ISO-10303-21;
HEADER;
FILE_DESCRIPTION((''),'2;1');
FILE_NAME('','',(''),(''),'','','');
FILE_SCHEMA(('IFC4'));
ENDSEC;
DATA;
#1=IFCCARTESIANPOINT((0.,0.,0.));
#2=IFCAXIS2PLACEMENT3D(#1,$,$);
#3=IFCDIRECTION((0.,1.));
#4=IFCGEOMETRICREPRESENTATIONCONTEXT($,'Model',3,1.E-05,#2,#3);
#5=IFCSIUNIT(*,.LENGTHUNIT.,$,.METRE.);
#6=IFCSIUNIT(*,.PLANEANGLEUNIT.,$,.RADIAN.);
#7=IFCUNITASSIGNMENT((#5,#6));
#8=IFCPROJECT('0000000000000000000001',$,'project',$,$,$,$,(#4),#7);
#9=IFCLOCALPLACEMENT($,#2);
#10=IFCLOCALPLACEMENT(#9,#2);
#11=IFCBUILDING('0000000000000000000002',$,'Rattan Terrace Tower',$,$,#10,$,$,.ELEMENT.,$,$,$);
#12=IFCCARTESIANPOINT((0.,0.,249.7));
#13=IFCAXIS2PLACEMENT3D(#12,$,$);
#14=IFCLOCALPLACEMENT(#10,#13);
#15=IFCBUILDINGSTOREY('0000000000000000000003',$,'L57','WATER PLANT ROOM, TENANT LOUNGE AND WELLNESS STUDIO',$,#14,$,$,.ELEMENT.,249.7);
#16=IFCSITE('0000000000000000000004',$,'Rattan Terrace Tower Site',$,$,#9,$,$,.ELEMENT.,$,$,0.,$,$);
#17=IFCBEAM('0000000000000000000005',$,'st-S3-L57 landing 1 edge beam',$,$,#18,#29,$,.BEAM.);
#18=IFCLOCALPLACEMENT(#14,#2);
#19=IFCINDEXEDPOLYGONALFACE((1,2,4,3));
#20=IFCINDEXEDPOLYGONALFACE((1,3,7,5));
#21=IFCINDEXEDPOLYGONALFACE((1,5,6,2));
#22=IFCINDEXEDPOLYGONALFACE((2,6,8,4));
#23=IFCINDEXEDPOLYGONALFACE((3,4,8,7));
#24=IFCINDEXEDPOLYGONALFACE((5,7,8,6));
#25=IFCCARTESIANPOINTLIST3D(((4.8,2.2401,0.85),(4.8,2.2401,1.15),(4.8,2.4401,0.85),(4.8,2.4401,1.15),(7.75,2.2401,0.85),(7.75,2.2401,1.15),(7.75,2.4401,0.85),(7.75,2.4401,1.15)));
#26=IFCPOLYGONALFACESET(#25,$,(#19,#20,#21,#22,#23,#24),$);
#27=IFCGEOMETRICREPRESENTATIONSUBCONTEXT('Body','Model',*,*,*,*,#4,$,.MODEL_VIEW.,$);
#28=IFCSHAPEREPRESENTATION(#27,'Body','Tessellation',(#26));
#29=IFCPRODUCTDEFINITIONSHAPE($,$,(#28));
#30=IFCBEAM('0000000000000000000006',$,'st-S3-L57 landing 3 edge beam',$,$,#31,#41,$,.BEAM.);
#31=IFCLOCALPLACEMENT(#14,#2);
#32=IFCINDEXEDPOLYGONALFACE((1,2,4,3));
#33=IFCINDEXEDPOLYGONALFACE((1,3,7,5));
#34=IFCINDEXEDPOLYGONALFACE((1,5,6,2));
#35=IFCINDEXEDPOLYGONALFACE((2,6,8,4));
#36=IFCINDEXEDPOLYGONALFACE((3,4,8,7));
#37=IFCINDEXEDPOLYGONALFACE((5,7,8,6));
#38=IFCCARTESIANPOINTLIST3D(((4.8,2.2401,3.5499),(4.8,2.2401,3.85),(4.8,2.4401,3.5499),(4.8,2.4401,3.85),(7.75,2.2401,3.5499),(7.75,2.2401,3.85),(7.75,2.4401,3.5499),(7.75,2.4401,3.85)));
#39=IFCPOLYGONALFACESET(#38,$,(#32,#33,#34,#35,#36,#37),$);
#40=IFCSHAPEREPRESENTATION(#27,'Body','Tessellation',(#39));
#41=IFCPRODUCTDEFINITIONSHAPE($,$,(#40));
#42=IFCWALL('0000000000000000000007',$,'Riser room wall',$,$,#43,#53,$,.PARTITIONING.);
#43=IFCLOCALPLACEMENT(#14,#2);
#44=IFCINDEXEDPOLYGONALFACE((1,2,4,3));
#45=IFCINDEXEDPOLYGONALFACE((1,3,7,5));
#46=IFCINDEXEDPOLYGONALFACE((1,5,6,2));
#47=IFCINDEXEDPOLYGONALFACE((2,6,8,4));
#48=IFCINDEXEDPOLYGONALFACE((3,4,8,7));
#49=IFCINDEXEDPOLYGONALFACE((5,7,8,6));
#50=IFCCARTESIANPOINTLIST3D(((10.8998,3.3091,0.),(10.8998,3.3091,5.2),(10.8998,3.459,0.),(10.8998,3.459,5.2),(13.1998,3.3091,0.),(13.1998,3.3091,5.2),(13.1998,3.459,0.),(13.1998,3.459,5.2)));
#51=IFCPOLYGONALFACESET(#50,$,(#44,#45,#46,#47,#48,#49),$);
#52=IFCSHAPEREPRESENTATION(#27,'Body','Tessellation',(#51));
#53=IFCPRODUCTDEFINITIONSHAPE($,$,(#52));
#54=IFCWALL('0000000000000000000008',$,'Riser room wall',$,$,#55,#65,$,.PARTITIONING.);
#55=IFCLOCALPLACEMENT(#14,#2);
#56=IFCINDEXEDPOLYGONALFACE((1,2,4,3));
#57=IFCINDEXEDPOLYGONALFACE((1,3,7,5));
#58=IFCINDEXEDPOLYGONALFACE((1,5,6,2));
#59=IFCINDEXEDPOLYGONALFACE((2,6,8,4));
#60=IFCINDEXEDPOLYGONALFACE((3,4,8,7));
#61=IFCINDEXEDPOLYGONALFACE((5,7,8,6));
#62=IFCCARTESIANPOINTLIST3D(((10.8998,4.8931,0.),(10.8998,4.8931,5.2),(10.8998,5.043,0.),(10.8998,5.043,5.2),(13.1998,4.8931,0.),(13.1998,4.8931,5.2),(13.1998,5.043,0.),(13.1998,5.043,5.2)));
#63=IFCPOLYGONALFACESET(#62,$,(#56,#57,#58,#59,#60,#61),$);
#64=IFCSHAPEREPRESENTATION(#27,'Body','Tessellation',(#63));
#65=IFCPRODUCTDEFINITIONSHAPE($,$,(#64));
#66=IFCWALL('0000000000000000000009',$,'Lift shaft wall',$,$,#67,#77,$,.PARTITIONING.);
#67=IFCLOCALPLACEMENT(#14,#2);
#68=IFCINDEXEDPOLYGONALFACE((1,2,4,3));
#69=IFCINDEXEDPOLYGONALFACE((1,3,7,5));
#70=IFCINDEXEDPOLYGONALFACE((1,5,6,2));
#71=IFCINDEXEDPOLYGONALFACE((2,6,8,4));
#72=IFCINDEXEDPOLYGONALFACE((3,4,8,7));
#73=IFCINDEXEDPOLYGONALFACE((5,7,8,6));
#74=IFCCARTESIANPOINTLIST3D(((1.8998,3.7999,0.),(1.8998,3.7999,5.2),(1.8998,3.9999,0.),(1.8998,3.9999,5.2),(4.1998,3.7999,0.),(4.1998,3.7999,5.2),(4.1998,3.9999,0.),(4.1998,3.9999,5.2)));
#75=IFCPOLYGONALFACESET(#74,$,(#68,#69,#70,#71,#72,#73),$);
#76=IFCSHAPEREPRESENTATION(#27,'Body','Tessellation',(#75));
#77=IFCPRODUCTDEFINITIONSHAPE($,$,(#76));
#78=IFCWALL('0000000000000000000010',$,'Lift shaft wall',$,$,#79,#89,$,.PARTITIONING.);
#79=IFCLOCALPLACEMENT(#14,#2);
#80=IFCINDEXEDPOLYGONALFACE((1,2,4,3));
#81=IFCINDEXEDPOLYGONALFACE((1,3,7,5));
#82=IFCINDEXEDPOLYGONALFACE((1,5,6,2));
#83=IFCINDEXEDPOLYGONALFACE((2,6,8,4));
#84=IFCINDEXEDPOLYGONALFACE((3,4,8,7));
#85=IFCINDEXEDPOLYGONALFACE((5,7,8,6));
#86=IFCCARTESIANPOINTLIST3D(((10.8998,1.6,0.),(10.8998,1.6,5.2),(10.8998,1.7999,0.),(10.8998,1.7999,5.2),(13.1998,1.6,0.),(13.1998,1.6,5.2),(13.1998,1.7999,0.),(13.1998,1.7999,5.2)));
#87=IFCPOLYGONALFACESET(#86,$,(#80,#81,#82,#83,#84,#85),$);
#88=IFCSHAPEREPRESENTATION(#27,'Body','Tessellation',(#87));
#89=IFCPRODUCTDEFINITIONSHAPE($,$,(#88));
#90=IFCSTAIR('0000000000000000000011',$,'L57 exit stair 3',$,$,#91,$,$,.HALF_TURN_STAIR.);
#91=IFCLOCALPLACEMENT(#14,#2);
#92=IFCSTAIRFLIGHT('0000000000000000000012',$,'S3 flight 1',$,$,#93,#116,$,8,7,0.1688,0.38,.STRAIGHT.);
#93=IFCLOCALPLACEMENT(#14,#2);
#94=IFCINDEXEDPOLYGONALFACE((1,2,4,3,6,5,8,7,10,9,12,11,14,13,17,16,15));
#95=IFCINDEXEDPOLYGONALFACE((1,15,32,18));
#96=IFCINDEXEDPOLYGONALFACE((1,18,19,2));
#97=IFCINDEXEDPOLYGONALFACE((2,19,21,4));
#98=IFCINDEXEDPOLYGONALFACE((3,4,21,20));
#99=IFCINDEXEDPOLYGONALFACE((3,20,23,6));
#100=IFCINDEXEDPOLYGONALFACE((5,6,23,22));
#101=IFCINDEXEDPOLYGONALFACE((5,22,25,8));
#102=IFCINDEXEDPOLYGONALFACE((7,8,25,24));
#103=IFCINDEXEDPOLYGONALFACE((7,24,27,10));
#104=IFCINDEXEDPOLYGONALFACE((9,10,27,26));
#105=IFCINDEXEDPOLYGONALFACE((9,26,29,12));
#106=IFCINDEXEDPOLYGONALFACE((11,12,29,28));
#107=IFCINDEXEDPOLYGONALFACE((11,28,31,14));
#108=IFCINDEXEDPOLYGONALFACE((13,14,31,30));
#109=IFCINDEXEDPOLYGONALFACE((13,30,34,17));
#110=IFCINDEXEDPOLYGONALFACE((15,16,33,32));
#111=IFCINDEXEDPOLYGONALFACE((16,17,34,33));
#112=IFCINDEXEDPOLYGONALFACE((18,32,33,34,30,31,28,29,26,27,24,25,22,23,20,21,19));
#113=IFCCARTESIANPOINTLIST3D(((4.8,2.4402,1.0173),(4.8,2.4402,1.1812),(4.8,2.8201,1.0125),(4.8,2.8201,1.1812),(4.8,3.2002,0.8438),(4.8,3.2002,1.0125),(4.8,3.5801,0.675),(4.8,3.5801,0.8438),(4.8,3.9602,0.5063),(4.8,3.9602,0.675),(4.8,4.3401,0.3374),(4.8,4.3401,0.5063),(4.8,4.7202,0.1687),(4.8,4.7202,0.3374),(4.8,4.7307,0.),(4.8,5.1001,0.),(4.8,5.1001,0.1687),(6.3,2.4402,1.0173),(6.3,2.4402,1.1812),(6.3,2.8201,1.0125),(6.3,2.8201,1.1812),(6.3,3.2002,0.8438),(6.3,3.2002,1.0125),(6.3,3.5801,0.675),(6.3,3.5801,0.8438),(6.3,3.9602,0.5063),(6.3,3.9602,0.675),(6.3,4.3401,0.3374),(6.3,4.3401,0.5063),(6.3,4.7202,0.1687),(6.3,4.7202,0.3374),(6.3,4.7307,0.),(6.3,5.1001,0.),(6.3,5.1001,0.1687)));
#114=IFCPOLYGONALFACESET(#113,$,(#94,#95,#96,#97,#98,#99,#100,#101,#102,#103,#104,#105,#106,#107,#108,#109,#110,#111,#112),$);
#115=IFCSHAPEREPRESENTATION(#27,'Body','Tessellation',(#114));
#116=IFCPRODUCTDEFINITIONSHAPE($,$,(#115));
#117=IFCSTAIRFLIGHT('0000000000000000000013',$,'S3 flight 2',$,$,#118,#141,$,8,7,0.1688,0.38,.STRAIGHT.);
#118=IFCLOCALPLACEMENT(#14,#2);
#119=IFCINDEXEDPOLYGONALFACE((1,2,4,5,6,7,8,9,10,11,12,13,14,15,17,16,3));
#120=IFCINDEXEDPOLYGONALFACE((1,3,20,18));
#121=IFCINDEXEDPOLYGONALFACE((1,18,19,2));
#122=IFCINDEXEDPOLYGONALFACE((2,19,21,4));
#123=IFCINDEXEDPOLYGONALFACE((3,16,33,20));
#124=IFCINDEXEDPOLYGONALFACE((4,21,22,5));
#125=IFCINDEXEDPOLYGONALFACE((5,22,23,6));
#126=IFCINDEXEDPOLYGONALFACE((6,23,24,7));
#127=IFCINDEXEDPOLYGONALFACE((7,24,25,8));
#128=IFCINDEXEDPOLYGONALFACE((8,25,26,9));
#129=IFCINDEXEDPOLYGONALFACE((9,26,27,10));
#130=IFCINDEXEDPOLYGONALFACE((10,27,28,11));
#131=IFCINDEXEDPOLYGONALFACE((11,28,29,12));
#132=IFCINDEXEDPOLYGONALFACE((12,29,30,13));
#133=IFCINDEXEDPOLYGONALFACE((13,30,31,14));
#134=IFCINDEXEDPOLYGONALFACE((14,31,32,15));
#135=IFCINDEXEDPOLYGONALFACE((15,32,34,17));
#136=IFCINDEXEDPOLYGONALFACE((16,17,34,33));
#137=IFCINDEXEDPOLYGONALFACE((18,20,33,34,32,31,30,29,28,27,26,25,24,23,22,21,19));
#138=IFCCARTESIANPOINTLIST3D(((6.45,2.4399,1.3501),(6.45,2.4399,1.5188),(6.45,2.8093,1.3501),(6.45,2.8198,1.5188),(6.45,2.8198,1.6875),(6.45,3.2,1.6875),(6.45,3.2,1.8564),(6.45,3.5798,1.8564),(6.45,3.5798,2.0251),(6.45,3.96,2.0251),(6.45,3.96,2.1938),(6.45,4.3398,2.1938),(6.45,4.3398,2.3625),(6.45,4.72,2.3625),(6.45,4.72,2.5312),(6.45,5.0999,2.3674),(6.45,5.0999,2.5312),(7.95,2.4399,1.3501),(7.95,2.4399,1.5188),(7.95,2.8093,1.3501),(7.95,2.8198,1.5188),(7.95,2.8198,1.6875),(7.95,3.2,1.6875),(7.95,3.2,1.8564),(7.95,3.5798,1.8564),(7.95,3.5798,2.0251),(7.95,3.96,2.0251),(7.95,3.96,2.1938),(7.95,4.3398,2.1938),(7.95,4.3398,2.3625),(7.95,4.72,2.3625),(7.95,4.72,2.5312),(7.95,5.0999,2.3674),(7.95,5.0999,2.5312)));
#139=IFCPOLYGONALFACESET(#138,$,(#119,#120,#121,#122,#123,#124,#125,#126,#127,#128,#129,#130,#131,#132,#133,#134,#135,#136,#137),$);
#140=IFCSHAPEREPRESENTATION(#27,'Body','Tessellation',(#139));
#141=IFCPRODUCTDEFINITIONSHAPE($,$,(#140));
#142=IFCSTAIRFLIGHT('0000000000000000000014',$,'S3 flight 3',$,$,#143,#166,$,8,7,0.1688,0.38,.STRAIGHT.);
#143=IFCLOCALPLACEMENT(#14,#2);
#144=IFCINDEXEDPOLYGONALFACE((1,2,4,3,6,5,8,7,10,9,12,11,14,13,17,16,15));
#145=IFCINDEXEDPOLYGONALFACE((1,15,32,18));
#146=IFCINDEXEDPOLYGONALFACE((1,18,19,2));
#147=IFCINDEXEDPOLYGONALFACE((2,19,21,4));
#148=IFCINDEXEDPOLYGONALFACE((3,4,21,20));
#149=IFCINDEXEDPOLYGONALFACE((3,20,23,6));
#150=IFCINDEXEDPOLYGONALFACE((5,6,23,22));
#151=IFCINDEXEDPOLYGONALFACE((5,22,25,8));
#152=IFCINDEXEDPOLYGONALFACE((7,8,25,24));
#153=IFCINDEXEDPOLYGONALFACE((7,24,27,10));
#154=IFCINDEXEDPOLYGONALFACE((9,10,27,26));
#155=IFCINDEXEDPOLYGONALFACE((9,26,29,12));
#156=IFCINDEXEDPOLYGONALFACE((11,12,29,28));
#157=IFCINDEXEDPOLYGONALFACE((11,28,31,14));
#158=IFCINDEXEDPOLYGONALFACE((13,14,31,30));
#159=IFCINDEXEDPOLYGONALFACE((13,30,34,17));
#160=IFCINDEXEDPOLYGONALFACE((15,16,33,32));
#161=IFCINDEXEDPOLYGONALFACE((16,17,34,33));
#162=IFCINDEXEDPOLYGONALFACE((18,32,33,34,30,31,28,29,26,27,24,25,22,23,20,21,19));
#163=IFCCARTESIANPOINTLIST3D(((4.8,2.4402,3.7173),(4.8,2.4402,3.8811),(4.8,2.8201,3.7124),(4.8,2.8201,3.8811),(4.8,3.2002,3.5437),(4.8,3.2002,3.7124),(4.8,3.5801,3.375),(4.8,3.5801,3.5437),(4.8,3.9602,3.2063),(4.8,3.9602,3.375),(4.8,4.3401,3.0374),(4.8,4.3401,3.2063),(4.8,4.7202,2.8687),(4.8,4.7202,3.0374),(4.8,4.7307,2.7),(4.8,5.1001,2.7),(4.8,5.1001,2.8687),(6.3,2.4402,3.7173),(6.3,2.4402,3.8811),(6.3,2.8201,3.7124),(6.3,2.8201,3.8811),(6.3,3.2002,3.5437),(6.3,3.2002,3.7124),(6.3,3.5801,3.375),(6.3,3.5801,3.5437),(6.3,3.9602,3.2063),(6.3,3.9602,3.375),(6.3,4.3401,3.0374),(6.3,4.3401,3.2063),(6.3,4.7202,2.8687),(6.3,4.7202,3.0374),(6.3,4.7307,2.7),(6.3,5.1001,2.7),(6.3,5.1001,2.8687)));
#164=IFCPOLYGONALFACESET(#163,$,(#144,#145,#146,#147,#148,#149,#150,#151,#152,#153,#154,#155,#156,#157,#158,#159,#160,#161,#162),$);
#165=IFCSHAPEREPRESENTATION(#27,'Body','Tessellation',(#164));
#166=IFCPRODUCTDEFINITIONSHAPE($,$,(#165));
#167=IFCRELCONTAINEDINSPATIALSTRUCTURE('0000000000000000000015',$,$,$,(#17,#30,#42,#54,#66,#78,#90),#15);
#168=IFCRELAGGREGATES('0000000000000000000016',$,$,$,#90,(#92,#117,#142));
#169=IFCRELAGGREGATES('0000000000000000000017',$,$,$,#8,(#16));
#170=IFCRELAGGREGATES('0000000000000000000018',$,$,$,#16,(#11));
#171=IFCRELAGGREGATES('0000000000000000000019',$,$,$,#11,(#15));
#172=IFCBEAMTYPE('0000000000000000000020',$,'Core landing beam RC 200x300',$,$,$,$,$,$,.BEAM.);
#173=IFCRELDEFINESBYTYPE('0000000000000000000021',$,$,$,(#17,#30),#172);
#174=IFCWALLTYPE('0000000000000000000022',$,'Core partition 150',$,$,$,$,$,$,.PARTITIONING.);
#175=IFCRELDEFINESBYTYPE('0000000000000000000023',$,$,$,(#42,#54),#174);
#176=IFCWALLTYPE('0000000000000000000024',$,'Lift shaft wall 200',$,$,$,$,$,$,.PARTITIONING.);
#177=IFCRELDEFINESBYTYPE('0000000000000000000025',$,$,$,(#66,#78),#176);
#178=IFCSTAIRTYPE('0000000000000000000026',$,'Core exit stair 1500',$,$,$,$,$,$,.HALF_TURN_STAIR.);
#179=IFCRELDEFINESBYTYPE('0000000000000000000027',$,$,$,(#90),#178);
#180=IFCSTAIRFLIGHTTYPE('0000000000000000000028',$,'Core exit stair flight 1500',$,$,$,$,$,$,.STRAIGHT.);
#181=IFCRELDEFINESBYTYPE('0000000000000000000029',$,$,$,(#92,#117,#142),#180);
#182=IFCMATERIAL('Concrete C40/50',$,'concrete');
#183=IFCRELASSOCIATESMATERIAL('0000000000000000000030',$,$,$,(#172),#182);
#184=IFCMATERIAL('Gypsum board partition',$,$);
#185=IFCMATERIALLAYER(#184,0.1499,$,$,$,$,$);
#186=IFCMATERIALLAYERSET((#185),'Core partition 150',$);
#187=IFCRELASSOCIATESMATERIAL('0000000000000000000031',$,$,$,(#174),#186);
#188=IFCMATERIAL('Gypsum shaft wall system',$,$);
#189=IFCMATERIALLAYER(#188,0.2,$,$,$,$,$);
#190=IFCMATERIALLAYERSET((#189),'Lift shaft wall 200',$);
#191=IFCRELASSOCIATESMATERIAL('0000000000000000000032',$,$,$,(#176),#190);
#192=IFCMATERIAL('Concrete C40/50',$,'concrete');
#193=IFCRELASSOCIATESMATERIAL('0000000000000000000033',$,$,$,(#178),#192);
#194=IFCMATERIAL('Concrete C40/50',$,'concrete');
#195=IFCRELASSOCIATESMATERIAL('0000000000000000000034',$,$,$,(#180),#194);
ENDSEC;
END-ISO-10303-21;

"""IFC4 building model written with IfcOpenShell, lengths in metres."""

from ifc_helpers import new_model, si_unit, direction, frame, frame_2d, origin, origin_2d, place, context, subcontext, project, spatial, polyline, rectangle, outline, extrude, material, layer, layer_set, material_profile, profile_set, type_object, element, aggregate, save


model = new_model("IFC4")

# Units and contexts
model_context = context("Model", 3, precision=1e-05, world=origin(), true_north=direction((0.0, 1.0)))
body_context = subcontext(model_context, "Body", "Model", "MODEL_VIEW")
ifc_project = project(units=[si_unit("LENGTHUNIT", "METRE"), si_unit("PLANEANGLEUNIT", "RADIAN")], contexts=[model_context])

# Site, building, storey
site_placement = place(None, origin())
site = spatial("IfcSite", under=ifc_project, at=site_placement, Name="Rattan Terrace Tower Site", CompositionType="ELEMENT", RefElevation=0.0)
building_placement = place(site_placement, origin())
building = spatial("IfcBuilding", under=site, at=building_placement, Name="Rattan Terrace Tower", CompositionType="ELEMENT")
storey_placement = place(building_placement, frame((0.0, 0.0, 249.7)))
storey = spatial("IfcBuildingStorey", under=building, at=storey_placement, Name="L57", Description="WATER PLANT ROOM, TENANT LOUNGE AND WELLNESS STUDIO", CompositionType="ELEMENT", Elevation=249.7)

# Beams
ifc_material_1 = material(Name="Concrete C40/50", Category="concrete")
ifc_material_profile = material_profile(ifc_material_1, rectangle(XDim=0.2, YDim=0.3, at=origin_2d()), Name="RC 200x300")
ifc_profile_set = profile_set([ifc_material_profile], Name="Concrete C40/50")
beam_type = type_object("IfcBeamType", Name="Core landing beam RC 200x300", PredefinedType="BEAM", material=ifc_profile_set)
for number, where, z_axis, x_axis, name in (
    (1, (4.8, 2.3401, 1.0), (1.0, 0.0, 0.0), (0.0, 1.0, 0.0), "st-S3-L57 landing 1 edge beam"),
    (2, (4.8, 2.3401, 3.7), (1.0, 0.0, 0.0), (0.0, 1.0, 0.0), "st-S3-L57 landing 3 edge beam"),
):
    element("IfcBeam", number, at=place(storey_placement, frame(where, z_axis=z_axis, x_axis=x_axis)), inside=storey, type_object=beam_type, Name=name, PredefinedType="BEAM", context=body_context, shape_type="SweptSolid", body=[
        extrude(rectangle(XDim=0.2, YDim=0.3, at=origin_2d()), origin(), (0.0, 0.0, 1.0), 2.95),
    ])

# Walls
ifc_material_2 = material(Name="Gypsum board partition")
ifc_layer_1 = layer(ifc_material_2, 0.1499)
ifc_layer_set_1 = layer_set([ifc_layer_1], Name="Core partition 150")
wall_type_1 = type_object("IfcWallType", Name="Core partition 150", PredefinedType="PARTITIONING", material=ifc_layer_set_1)
for number, where, z_axis, x_axis, name in (
    (3, (10.8999, 3.384, 0.0), (0.0, 0.0, 1.0), (1.0, 0.0, 0.0), "Riser room wall"),
    (4, (10.8999, 4.968, 0.0), (0.0, 0.0, 1.0), (1.0, 0.0, 0.0), "Riser room wall"),
):
    element("IfcWall", number, at=place(storey_placement, frame(where, z_axis=z_axis, x_axis=x_axis)), inside=storey, type_object=wall_type_1, Name=name, PredefinedType="PARTITIONING", context=body_context, shape_type="SweptSolid", body=[
        extrude(rectangle(XDim=2.3, YDim=0.1499, at=frame_2d((1.1499, 0.0))), origin(), (0.0, 0.0, 1.0), 5.2),
    ])
ifc_material_3 = material(Name="Gypsum shaft wall system")
ifc_layer_2 = layer(ifc_material_3, 0.2)
ifc_layer_set_2 = layer_set([ifc_layer_2], Name="Lift shaft wall 200")
wall_type_2 = type_object("IfcWallType", Name="Lift shaft wall 200", PredefinedType="PARTITIONING", material=ifc_layer_set_2)
for number, where, z_axis, x_axis, name in (
    (5, (1.8999, 3.8999, 0.0), (0.0, 0.0, 1.0), (1.0, 0.0, 0.0), "Lift shaft wall"),
    (6, (10.8999, 1.7, 0.0), (0.0, 0.0, 1.0), (1.0, 0.0, 0.0), "Lift shaft wall"),
):
    element("IfcWall", number, at=place(storey_placement, frame(where, z_axis=z_axis, x_axis=x_axis)), inside=storey, type_object=wall_type_2, Name=name, PredefinedType="PARTITIONING", context=body_context, shape_type="SweptSolid", body=[
        extrude(rectangle(XDim=2.3, YDim=0.2, at=frame_2d((1.1499, 0.0))), origin(), (0.0, 0.0, 1.0), 5.2),
    ])

# Stair, stair flights
ifc_material_4 = material(Name="Concrete C40/50", Category="concrete")
stair_type = type_object("IfcStairType", Name="Core exit stair 1500", PredefinedType="HALF_TURN_STAIR", material=ifc_material_4)
stair_placement = place(storey_placement, origin())
stair = element("IfcStair", 7, at=stair_placement, inside=storey, type_object=stair_type, Name="L57 exit stair 3", PredefinedType="HALF_TURN_STAIR")
ifc_material_5 = material(Name="Concrete C40/50", Category="concrete")
stair_flight_type = type_object("IfcStairFlightType", Name="Core exit stair flight 1500", PredefinedType="STRAIGHT", material=ifc_material_5)
stair_flight_1_placement = place(storey_placement, frame((5.55, 5.1001, 0.0), z_axis=(0.0, 0.0, 1.0), x_axis=(0.0, -1.0, 0.0)))
stair_flight_1 = element("IfcStairFlight", 8, at=stair_flight_1_placement, type_object=stair_flight_type, Name="S3 flight 1", NumberOfRisers=8, NumberOfTreads=7, PredefinedType="STRAIGHT", RiserHeight=0.1688, TreadLength=0.38, context=body_context, shape_type="SweptSolid", body=[
    extrude(outline(polyline([(0.0, 0.0), (0.0, 0.1687), (0.3799, 0.1687), (0.3799, 0.3374), (0.76, 0.3374), (0.76, 0.5063), (1.1399, 0.5063), (1.1399, 0.675), (1.52, 0.675), (1.52, 0.8438), (1.8999, 0.8438), (1.8999, 1.0125), (2.28, 1.0125), (2.28, 1.1812), (2.6599, 1.1812), (2.6599, 1.3501), (2.6599, 1.0173), (0.3694, 0.0), (0.0, 0.0)])), frame((0.0, 0.75, 0.0), z_axis=(0.0, -1.0, 0.0), x_axis=(1.0, 0.0, 0.0)), (0.0, 0.0, 1.0), 1.5),
])
stair_flight_2_placement = place(storey_placement, frame((7.2, 2.4399, 1.3501), z_axis=(0.0, 0.0, 1.0), x_axis=(0.0, 1.0, 0.0)))
stair_flight_2 = element("IfcStairFlight", 9, at=stair_flight_2_placement, type_object=stair_flight_type, Name="S3 flight 2", NumberOfRisers=8, NumberOfTreads=7, PredefinedType="STRAIGHT", RiserHeight=0.1688, TreadLength=0.38, context=body_context, shape_type="SweptSolid", body=[
    extrude(outline(polyline([(0.0, 0.0), (0.0, 0.1687), (0.3799, 0.1687), (0.3799, 0.3374), (0.76, 0.3374), (0.76, 0.5063), (1.1399, 0.5063), (1.1399, 0.675), (1.52, 0.675), (1.52, 0.8438), (1.8999, 0.8438), (1.8999, 1.0125), (2.28, 1.0125), (2.28, 1.1812), (2.6599, 1.1812), (2.6599, 1.3501), (2.6599, 1.0173), (0.3694, 0.0), (0.0, 0.0)])), frame((0.0, 0.75, 0.0), z_axis=(0.0, -1.0, 0.0), x_axis=(1.0, 0.0, 0.0)), (0.0, 0.0, 1.0), 1.5),
])
stair_flight_3_placement = place(storey_placement, frame((5.55, 5.1001, 2.7), z_axis=(0.0, 0.0, 1.0), x_axis=(0.0, -1.0, 0.0)))
stair_flight_3 = element("IfcStairFlight", 10, at=stair_flight_3_placement, type_object=stair_flight_type, Name="S3 flight 3", NumberOfRisers=8, NumberOfTreads=7, PredefinedType="STRAIGHT", RiserHeight=0.1688, TreadLength=0.38, context=body_context, shape_type="SweptSolid", body=[
    extrude(outline(polyline([(0.0, 0.0), (0.0, 0.1687), (0.3799, 0.1687), (0.3799, 0.3374), (0.76, 0.3374), (0.76, 0.5063), (1.1399, 0.5063), (1.1399, 0.675), (1.52, 0.675), (1.52, 0.8438), (1.8999, 0.8438), (1.8999, 1.0125), (2.28, 1.0125), (2.28, 1.1812), (2.6599, 1.1812), (2.6599, 1.3501), (2.6599, 1.0173), (0.3694, 0.0), (0.0, 0.0)])), frame((0.0, 0.75, 0.0), z_axis=(0.0, -1.0, 0.0), x_axis=(1.0, 0.0, 0.0)), (0.0, 0.0, 1.0), 1.5),
])
aggregate(stair, [stair_flight_1, stair_flight_2, stair_flight_3])

save(model, "model.ifc")
